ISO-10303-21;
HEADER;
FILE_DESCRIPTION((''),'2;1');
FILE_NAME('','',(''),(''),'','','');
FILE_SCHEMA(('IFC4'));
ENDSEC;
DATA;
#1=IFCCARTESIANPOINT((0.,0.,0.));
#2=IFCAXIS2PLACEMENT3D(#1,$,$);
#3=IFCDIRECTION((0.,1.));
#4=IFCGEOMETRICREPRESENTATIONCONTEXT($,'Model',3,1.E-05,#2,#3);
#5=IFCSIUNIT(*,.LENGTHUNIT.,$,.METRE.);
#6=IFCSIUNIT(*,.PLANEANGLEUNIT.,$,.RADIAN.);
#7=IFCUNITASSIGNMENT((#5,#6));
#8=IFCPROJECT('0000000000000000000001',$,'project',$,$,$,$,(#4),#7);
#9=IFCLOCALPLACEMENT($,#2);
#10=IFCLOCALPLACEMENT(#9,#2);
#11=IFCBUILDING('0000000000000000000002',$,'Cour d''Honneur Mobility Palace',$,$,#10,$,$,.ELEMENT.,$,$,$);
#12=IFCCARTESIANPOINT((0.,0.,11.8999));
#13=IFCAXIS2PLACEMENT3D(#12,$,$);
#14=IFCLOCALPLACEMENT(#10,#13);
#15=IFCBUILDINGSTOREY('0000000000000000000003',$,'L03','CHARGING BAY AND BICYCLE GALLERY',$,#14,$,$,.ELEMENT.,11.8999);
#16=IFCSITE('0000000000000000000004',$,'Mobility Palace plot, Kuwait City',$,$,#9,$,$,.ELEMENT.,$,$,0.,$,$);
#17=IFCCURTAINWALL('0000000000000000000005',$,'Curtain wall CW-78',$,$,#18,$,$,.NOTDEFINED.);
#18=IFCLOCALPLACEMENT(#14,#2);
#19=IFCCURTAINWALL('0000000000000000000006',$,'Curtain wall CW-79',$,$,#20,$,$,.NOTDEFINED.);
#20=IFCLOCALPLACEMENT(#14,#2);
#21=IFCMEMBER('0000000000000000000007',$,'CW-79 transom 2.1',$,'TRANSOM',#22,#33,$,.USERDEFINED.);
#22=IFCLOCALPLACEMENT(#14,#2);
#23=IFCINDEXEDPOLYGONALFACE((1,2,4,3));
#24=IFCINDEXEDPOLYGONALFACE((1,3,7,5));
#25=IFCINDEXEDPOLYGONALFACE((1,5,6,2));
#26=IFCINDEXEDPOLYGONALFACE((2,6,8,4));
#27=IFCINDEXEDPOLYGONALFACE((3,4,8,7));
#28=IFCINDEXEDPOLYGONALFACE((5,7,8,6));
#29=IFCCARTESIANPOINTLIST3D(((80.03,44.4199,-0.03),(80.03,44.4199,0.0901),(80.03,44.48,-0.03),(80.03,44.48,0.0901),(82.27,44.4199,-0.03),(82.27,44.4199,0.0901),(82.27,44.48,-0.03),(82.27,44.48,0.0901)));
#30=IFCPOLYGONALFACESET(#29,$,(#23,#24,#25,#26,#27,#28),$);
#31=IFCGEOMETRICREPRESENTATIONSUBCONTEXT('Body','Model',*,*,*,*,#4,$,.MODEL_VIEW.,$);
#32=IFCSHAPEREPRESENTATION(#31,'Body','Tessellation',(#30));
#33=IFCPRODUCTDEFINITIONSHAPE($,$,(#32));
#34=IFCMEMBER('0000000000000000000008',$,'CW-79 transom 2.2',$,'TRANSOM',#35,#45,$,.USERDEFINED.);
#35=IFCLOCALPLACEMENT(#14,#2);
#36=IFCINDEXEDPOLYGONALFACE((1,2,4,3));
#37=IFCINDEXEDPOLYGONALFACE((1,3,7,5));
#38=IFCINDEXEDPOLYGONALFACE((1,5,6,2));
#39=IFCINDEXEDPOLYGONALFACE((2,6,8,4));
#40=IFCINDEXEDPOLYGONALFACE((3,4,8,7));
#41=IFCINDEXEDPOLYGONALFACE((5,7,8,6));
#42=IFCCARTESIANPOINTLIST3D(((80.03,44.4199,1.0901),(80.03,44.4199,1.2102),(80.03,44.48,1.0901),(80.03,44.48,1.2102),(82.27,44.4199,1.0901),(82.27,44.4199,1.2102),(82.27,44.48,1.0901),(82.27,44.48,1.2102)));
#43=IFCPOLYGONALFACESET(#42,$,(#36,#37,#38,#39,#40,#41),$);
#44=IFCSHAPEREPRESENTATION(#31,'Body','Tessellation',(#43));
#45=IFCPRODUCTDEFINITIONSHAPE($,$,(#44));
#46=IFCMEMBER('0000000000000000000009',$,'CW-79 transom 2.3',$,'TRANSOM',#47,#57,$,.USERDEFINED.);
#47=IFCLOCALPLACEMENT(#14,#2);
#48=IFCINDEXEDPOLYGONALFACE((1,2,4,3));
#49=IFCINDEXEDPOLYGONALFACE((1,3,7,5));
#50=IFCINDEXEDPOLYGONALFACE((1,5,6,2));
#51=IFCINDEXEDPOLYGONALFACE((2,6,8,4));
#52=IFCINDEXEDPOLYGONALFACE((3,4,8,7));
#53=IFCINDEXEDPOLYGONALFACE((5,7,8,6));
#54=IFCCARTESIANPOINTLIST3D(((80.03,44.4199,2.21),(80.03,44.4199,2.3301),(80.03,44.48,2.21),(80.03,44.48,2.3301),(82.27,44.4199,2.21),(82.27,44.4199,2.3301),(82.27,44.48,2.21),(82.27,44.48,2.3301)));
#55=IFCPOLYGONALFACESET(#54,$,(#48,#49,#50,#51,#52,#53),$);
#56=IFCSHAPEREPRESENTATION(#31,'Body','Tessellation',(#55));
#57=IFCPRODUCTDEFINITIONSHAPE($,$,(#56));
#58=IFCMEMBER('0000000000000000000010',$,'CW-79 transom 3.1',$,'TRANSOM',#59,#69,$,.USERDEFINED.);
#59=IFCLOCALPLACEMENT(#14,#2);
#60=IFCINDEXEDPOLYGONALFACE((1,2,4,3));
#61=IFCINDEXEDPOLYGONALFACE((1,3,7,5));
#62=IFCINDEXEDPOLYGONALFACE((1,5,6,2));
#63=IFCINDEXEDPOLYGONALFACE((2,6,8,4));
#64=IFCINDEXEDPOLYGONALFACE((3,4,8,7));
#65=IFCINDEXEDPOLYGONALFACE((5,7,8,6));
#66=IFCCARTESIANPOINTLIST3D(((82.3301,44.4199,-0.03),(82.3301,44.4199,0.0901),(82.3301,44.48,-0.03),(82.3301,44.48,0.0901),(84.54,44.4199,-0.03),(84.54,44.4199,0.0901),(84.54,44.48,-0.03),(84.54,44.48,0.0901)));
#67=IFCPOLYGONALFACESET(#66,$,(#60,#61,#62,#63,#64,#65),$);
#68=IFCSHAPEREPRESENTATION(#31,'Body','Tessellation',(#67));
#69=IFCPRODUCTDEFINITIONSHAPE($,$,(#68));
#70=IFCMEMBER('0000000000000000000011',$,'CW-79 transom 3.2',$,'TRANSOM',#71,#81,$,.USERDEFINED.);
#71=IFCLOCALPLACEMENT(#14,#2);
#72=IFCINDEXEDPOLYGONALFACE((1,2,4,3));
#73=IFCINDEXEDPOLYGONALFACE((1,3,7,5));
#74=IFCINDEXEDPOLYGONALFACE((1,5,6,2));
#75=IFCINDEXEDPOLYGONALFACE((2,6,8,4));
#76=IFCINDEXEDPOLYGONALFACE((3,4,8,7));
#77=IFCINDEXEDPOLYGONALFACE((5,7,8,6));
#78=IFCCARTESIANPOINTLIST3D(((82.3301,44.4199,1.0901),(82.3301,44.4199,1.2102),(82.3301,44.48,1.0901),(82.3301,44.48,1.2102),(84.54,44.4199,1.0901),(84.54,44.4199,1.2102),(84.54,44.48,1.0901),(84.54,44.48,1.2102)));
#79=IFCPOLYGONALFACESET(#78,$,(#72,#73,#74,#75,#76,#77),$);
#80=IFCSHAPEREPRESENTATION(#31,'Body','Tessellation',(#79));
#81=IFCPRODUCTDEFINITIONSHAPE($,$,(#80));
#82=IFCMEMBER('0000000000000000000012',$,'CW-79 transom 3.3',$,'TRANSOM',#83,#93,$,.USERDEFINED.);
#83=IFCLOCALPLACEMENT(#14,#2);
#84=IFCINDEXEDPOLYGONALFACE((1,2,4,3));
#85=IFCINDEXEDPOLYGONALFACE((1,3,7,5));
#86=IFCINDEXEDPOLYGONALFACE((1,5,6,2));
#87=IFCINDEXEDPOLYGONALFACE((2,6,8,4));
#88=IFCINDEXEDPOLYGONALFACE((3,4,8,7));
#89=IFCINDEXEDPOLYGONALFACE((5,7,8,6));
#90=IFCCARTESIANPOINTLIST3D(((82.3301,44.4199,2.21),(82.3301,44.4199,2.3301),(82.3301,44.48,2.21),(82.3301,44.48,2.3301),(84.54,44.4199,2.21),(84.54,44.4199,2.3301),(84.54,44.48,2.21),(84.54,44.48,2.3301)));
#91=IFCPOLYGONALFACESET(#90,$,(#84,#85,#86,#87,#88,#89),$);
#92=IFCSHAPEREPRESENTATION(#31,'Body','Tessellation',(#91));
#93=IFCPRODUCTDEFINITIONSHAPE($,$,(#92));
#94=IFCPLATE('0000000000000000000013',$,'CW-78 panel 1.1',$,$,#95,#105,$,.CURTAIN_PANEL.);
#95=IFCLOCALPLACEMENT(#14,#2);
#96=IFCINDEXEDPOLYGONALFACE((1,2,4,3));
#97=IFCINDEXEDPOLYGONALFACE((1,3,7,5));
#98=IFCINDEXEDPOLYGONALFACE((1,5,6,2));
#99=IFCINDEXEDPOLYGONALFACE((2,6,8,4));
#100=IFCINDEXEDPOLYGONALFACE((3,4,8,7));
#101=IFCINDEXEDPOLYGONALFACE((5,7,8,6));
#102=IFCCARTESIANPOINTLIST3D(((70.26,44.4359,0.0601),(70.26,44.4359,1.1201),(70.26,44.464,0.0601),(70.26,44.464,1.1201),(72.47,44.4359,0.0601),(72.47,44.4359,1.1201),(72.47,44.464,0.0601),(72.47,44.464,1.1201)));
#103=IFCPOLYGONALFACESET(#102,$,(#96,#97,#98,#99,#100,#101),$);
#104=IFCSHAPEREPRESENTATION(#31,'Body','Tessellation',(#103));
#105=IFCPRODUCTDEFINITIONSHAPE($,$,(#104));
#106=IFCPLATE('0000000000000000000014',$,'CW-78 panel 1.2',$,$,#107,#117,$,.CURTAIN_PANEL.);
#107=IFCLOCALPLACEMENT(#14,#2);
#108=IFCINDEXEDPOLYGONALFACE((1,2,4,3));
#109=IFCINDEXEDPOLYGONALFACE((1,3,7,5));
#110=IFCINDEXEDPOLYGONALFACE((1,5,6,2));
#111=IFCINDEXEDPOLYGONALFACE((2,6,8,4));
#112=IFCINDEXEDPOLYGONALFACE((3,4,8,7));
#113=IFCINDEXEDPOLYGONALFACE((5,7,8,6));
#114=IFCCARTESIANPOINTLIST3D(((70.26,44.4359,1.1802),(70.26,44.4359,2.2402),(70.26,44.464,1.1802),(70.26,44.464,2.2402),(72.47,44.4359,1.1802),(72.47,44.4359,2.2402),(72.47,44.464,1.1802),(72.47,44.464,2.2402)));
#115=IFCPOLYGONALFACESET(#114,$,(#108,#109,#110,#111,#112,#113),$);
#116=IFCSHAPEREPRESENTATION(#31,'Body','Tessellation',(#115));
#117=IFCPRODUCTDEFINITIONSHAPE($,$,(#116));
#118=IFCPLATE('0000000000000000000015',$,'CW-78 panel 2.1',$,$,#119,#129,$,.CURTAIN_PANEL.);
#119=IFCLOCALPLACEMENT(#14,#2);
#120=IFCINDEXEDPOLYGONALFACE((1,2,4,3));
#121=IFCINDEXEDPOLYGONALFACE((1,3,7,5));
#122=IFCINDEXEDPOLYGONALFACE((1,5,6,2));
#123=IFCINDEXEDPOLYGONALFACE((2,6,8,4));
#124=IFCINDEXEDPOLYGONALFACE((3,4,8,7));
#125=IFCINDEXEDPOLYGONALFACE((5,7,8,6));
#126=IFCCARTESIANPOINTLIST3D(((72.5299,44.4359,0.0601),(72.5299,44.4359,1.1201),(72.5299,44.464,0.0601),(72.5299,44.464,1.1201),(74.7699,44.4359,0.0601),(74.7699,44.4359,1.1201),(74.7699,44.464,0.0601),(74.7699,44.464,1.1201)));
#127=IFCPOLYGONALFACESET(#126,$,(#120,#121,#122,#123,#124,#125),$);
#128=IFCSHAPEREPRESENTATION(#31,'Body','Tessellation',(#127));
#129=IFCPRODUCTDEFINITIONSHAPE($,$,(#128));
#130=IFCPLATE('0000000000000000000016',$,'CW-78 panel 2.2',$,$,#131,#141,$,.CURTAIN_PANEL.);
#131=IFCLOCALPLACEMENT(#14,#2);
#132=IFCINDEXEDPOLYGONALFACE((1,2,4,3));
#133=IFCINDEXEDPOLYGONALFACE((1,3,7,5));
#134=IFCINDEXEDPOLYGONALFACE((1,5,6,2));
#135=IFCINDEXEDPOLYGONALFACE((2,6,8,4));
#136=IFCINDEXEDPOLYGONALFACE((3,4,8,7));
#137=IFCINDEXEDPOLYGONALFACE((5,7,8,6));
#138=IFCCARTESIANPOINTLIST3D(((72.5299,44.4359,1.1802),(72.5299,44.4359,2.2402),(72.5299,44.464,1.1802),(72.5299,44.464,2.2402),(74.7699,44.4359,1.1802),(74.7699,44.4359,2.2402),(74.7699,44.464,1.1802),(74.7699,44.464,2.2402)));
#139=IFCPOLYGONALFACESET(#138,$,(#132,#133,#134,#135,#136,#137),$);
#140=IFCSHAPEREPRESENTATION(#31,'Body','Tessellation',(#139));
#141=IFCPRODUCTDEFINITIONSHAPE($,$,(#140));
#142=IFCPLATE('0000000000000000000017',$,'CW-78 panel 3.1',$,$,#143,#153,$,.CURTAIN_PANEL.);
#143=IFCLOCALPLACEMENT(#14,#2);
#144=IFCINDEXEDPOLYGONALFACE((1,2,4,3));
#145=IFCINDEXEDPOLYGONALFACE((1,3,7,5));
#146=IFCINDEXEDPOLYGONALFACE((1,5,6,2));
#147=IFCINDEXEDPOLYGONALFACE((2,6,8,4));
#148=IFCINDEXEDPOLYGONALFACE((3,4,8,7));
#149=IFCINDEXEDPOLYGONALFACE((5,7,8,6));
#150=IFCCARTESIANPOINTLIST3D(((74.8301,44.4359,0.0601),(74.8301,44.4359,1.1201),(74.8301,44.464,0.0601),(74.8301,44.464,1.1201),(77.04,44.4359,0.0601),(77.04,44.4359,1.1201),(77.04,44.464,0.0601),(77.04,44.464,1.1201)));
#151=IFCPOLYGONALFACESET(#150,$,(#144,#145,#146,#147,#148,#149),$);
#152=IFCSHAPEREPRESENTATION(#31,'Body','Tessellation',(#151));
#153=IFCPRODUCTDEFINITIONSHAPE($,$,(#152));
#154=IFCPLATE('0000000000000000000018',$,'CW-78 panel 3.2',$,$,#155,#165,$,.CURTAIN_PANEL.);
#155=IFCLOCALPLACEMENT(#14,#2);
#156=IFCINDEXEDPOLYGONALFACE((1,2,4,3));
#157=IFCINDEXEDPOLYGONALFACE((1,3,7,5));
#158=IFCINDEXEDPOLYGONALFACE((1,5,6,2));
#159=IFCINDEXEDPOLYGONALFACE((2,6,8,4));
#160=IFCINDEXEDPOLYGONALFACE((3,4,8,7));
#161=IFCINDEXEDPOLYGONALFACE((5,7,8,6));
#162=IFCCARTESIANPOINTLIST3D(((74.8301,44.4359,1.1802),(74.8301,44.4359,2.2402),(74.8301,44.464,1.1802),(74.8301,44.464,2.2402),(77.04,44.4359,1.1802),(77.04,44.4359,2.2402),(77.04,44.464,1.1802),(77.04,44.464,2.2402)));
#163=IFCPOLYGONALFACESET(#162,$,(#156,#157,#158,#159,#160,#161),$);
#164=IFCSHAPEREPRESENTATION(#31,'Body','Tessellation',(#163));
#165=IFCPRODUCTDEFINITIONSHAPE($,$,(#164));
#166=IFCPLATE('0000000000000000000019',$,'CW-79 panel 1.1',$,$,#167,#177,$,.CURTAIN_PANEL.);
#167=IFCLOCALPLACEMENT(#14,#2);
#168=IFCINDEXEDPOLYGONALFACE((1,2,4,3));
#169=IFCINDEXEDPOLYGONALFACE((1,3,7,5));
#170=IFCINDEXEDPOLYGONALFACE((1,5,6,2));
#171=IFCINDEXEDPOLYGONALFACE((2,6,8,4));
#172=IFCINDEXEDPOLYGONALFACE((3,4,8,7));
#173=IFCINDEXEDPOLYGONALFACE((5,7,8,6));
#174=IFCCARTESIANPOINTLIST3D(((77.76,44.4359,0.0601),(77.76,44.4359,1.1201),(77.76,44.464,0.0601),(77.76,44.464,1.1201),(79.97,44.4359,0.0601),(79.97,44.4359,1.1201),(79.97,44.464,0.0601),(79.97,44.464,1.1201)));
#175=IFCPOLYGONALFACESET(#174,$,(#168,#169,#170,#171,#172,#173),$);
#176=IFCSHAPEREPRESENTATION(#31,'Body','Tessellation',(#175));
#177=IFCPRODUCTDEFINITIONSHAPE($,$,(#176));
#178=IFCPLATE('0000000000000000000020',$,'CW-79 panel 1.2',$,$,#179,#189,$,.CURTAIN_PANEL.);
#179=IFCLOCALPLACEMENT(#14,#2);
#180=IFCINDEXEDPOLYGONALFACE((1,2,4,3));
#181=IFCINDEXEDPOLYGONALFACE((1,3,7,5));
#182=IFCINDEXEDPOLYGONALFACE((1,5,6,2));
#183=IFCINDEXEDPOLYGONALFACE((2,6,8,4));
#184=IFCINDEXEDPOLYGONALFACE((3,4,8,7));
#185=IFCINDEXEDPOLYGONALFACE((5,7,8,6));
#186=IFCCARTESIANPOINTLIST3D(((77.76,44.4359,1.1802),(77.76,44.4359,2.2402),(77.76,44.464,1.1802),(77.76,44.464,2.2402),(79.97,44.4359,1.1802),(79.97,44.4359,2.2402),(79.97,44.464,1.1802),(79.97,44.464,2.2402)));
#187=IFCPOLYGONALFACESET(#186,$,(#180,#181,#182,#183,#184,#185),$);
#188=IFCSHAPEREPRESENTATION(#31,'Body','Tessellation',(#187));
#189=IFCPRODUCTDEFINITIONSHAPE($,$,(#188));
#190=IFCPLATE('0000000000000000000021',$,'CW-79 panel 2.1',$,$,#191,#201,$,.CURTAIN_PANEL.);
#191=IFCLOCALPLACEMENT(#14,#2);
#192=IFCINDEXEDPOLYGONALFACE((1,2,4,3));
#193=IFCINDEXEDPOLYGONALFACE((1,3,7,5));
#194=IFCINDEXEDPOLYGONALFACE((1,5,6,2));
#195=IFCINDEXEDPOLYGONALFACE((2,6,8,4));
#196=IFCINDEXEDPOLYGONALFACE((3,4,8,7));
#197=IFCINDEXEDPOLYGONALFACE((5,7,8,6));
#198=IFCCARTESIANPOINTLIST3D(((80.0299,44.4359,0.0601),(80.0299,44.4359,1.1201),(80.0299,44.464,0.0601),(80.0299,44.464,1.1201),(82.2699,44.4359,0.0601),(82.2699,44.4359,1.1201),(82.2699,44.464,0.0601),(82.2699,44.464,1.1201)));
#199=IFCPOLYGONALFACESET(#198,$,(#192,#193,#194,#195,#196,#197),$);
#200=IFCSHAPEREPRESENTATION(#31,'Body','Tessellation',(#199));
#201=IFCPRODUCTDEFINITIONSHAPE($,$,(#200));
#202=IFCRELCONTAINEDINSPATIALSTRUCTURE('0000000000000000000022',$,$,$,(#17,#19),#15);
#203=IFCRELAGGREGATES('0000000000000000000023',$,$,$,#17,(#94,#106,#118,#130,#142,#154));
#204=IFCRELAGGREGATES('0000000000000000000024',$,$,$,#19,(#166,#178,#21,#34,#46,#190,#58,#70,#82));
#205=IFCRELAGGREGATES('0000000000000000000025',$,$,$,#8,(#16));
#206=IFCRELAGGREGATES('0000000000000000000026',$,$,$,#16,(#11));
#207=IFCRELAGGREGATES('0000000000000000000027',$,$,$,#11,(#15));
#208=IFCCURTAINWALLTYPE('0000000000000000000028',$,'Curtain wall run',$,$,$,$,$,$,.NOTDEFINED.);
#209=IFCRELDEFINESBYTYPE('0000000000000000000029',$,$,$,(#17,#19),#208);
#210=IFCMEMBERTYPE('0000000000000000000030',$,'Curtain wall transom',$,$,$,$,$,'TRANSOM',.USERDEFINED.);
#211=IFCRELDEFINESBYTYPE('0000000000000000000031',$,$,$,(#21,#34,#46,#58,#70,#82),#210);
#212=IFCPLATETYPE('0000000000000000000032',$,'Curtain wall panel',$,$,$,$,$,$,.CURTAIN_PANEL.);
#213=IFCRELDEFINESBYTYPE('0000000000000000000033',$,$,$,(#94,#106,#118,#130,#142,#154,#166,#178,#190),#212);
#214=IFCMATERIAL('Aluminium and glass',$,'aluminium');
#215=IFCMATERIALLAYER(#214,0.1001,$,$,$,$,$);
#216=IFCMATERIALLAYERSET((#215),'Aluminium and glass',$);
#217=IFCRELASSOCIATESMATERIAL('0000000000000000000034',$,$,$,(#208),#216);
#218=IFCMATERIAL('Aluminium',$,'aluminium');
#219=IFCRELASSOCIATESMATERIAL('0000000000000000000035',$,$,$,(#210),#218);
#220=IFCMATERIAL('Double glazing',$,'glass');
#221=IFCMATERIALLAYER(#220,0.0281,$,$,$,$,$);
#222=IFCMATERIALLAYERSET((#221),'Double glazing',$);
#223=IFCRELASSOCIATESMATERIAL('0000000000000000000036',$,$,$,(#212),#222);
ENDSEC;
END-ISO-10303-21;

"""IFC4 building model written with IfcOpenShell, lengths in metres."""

from ifc_helpers import new_model, si_unit, direction, frame, origin, origin_2d, place, context, subcontext, project, spatial, rectangle, extrude, material, layer, layer_set, material_profile, profile_set, type_object, element, aggregate, save


model = new_model("IFC4")

# Units and contexts
model_context = context("Model", 3, precision=1e-05, world=origin(), true_north=direction((0.0, 1.0)))
body_context = subcontext(model_context, "Body", "Model", "MODEL_VIEW")
ifc_project = project(units=[si_unit("LENGTHUNIT", "METRE"), si_unit("PLANEANGLEUNIT", "RADIAN")], contexts=[model_context])

# Site, building, storey
site_placement = place(None, origin())
site = spatial("IfcSite", under=ifc_project, at=site_placement, Name="Mobility Palace plot, Kuwait City", CompositionType="ELEMENT", RefElevation=0.0)
building_placement = place(site_placement, origin())
building = spatial("IfcBuilding", under=site, at=building_placement, Name="Cour d'Honneur Mobility Palace", CompositionType="ELEMENT")
storey_placement = place(building_placement, frame((0.0, 0.0, 11.8999)))
storey = spatial("IfcBuildingStorey", under=building, at=storey_placement, Name="L03", Description="CHARGING BAY AND BICYCLE GALLERY", CompositionType="ELEMENT", Elevation=11.8999)

# Curtain walls
ifc_material_1 = material(Name="Aluminium and glass", Category="aluminium")
ifc_layer_1 = layer(ifc_material_1, 0.1001)
ifc_layer_set_1 = layer_set([ifc_layer_1], Name="Aluminium and glass")
curtain_wall_type = type_object("IfcCurtainWallType", Name="Curtain wall run", PredefinedType="NOTDEFINED", material=ifc_layer_set_1)
curtain_wall_1_placement = place(storey_placement, origin())
curtain_wall_1 = element("IfcCurtainWall", 1, at=curtain_wall_1_placement, inside=storey, type_object=curtain_wall_type, Name="Curtain wall CW-78", PredefinedType="NOTDEFINED")
curtain_wall_2_placement = place(storey_placement, origin())
curtain_wall_2 = element("IfcCurtainWall", 2, at=curtain_wall_2_placement, inside=storey, type_object=curtain_wall_type, Name="Curtain wall CW-79", PredefinedType="NOTDEFINED")

# Members
ifc_material_2 = material(Name="Aluminium", Category="aluminium")
ifc_material_profile_1 = material_profile(ifc_material_2, rectangle(XDim=0.0601, YDim=0.1201, at=origin_2d()), Name="Curtain wall transom")
ifc_profile_set_1 = profile_set([ifc_material_profile_1], Name="Aluminium")
member_type_1 = type_object("IfcMemberType", Name="Curtain wall transom", ElementType="TRANSOM", PredefinedType="USERDEFINED", material=ifc_profile_set_1)
member_1_placement = place(storey_placement, frame((80.03, 44.45, 0.03), z_axis=(1.0, 0.0, 0.0), x_axis=(0.0, 1.0, 0.0)))
member_1 = element("IfcMember", 3, at=member_1_placement, type_object=member_type_1, Name="CW-79 transom 2.1", ObjectType="TRANSOM", PredefinedType="USERDEFINED", context=body_context, shape_type="SweptSolid", body=[
    extrude(rectangle(XDim=0.0601, YDim=0.1201, at=origin_2d()), origin(), (0.0, 0.0, 1.0), 2.24),
])
member_2_placement = place(storey_placement, frame((80.03, 44.45, 1.1501), z_axis=(1.0, 0.0, 0.0), x_axis=(0.0, 1.0, 0.0)))
member_2 = element("IfcMember", 4, at=member_2_placement, type_object=member_type_1, Name="CW-79 transom 2.2", ObjectType="TRANSOM", PredefinedType="USERDEFINED", context=body_context, shape_type="SweptSolid", body=[
    extrude(rectangle(XDim=0.0601, YDim=0.1201, at=origin_2d()), origin(), (0.0, 0.0, 1.0), 2.24),
])
member_3_placement = place(storey_placement, frame((80.03, 44.45, 2.27), z_axis=(1.0, 0.0, 0.0), x_axis=(0.0, 1.0, 0.0)))
member_3 = element("IfcMember", 5, at=member_3_placement, type_object=member_type_1, Name="CW-79 transom 2.3", ObjectType="TRANSOM", PredefinedType="USERDEFINED", context=body_context, shape_type="SweptSolid", body=[
    extrude(rectangle(XDim=0.0601, YDim=0.1201, at=origin_2d()), origin(), (0.0, 0.0, 1.0), 2.24),
])
member_4_placement = place(storey_placement, frame((82.3301, 44.45, 0.03), z_axis=(1.0, 0.0, 0.0), x_axis=(0.0, 1.0, 0.0)))
member_4 = element("IfcMember", 6, at=member_4_placement, type_object=member_type_1, Name="CW-79 transom 3.1", ObjectType="TRANSOM", PredefinedType="USERDEFINED", context=body_context, shape_type="SweptSolid", body=[
    extrude(rectangle(XDim=0.0601, YDim=0.1201, at=origin_2d()), origin(), (0.0, 0.0, 1.0), 2.21),
])
member_5_placement = place(storey_placement, frame((82.3301, 44.45, 1.1501), z_axis=(1.0, 0.0, 0.0), x_axis=(0.0, 1.0, 0.0)))
member_5 = element("IfcMember", 7, at=member_5_placement, type_object=member_type_1, Name="CW-79 transom 3.2", ObjectType="TRANSOM", PredefinedType="USERDEFINED", context=body_context, shape_type="SweptSolid", body=[
    extrude(rectangle(XDim=0.0601, YDim=0.1201, at=origin_2d()), origin(), (0.0, 0.0, 1.0), 2.21),
])
member_6_placement = place(storey_placement, frame((82.3301, 44.45, 2.27), z_axis=(1.0, 0.0, 0.0), x_axis=(0.0, 1.0, 0.0)))
member_6 = element("IfcMember", 8, at=member_6_placement, type_object=member_type_1, Name="CW-79 transom 3.3", ObjectType="TRANSOM", PredefinedType="USERDEFINED", context=body_context, shape_type="SweptSolid", body=[
    extrude(rectangle(XDim=0.0601, YDim=0.1201, at=origin_2d()), origin(), (0.0, 0.0, 1.0), 2.21),
])

# Plates
ifc_material_3 = material(Name="Double glazing", Category="glass")
ifc_layer_2 = layer(ifc_material_3, 0.0281)
ifc_layer_set_2 = layer_set([ifc_layer_2], Name="Double glazing")
plate_type = type_object("IfcPlateType", Name="Curtain wall panel", PredefinedType="CURTAIN_PANEL", material=ifc_layer_set_2)
plate_1_placement = place(storey_placement, frame((71.365, 44.45, 0.0601), z_axis=(0.0, 0.0, 1.0), x_axis=(1.0, 0.0, 0.0)))
plate_1 = element("IfcPlate", 9, at=plate_1_placement, type_object=plate_type, Name="CW-78 panel 1.1", PredefinedType="CURTAIN_PANEL", context=body_context, shape_type="SweptSolid", body=[
    extrude(rectangle(XDim=2.21, YDim=0.0281, at=origin_2d()), origin(), (0.0, 0.0, 1.0), 1.0601),
])
plate_2_placement = place(storey_placement, frame((71.365, 44.45, 1.1802), z_axis=(0.0, 0.0, 1.0), x_axis=(1.0, 0.0, 0.0)))
plate_2 = element("IfcPlate", 10, at=plate_2_placement, type_object=plate_type, Name="CW-78 panel 1.2", PredefinedType="CURTAIN_PANEL", context=body_context, shape_type="SweptSolid", body=[
    extrude(rectangle(XDim=2.21, YDim=0.0281, at=origin_2d()), origin(), (0.0, 0.0, 1.0), 1.0601),
])
plate_3_placement = place(storey_placement, frame((73.6499, 44.45, 0.0601), z_axis=(0.0, 0.0, 1.0), x_axis=(1.0, 0.0, 0.0)))
plate_3 = element("IfcPlate", 11, at=plate_3_placement, type_object=plate_type, Name="CW-78 panel 2.1", PredefinedType="CURTAIN_PANEL", context=body_context, shape_type="SweptSolid", body=[
    extrude(rectangle(XDim=2.24, YDim=0.0281, at=origin_2d()), origin(), (0.0, 0.0, 1.0), 1.0601),
])
plate_4_placement = place(storey_placement, frame((73.6499, 44.45, 1.1802), z_axis=(0.0, 0.0, 1.0), x_axis=(1.0, 0.0, 0.0)))
plate_4 = element("IfcPlate", 12, at=plate_4_placement, type_object=plate_type, Name="CW-78 panel 2.2", PredefinedType="CURTAIN_PANEL", context=body_context, shape_type="SweptSolid", body=[
    extrude(rectangle(XDim=2.24, YDim=0.0281, at=origin_2d()), origin(), (0.0, 0.0, 1.0), 1.0601),
])
plate_5_placement = place(storey_placement, frame((75.9351, 44.45, 0.0601), z_axis=(0.0, 0.0, 1.0), x_axis=(1.0, 0.0, 0.0)))
plate_5 = element("IfcPlate", 13, at=plate_5_placement, type_object=plate_type, Name="CW-78 panel 3.1", PredefinedType="CURTAIN_PANEL", context=body_context, shape_type="SweptSolid", body=[
    extrude(rectangle(XDim=2.21, YDim=0.0281, at=origin_2d()), origin(), (0.0, 0.0, 1.0), 1.0601),
])
plate_6_placement = place(storey_placement, frame((75.9351, 44.45, 1.1802), z_axis=(0.0, 0.0, 1.0), x_axis=(1.0, 0.0, 0.0)))
plate_6 = element("IfcPlate", 14, at=plate_6_placement, type_object=plate_type, Name="CW-78 panel 3.2", PredefinedType="CURTAIN_PANEL", context=body_context, shape_type="SweptSolid", body=[
    extrude(rectangle(XDim=2.21, YDim=0.0281, at=origin_2d()), origin(), (0.0, 0.0, 1.0), 1.0601),
])
aggregate(curtain_wall_1, [plate_1, plate_2, plate_3, plate_4, plate_5, plate_6])
plate_7_placement = place(storey_placement, frame((78.865, 44.45, 0.0601), z_axis=(0.0, 0.0, 1.0), x_axis=(1.0, 0.0, 0.0)))
plate_7 = element("IfcPlate", 15, at=plate_7_placement, type_object=plate_type, Name="CW-79 panel 1.1", PredefinedType="CURTAIN_PANEL", context=body_context, shape_type="SweptSolid", body=[
    extrude(rectangle(XDim=2.21, YDim=0.0281, at=origin_2d()), origin(), (0.0, 0.0, 1.0), 1.0601),
])
plate_8_placement = place(storey_placement, frame((78.865, 44.45, 1.1802), z_axis=(0.0, 0.0, 1.0), x_axis=(1.0, 0.0, 0.0)))
plate_8 = element("IfcPlate", 16, at=plate_8_placement, type_object=plate_type, Name="CW-79 panel 1.2", PredefinedType="CURTAIN_PANEL", context=body_context, shape_type="SweptSolid", body=[
    extrude(rectangle(XDim=2.21, YDim=0.0281, at=origin_2d()), origin(), (0.0, 0.0, 1.0), 1.0601),
])
plate_9_placement = place(storey_placement, frame((81.1499, 44.45, 0.0601), z_axis=(0.0, 0.0, 1.0), x_axis=(1.0, 0.0, 0.0)))
plate_9 = element("IfcPlate", 17, at=plate_9_placement, type_object=plate_type, Name="CW-79 panel 2.1", PredefinedType="CURTAIN_PANEL", context=body_context, shape_type="SweptSolid", body=[
    extrude(rectangle(XDim=2.24, YDim=0.0281, at=origin_2d()), origin(), (0.0, 0.0, 1.0), 1.0601),
])
aggregate(curtain_wall_2, [plate_7, plate_8, member_1, member_2, member_3, plate_9, member_4, member_5, member_6])

save(model, "model.ifc")
